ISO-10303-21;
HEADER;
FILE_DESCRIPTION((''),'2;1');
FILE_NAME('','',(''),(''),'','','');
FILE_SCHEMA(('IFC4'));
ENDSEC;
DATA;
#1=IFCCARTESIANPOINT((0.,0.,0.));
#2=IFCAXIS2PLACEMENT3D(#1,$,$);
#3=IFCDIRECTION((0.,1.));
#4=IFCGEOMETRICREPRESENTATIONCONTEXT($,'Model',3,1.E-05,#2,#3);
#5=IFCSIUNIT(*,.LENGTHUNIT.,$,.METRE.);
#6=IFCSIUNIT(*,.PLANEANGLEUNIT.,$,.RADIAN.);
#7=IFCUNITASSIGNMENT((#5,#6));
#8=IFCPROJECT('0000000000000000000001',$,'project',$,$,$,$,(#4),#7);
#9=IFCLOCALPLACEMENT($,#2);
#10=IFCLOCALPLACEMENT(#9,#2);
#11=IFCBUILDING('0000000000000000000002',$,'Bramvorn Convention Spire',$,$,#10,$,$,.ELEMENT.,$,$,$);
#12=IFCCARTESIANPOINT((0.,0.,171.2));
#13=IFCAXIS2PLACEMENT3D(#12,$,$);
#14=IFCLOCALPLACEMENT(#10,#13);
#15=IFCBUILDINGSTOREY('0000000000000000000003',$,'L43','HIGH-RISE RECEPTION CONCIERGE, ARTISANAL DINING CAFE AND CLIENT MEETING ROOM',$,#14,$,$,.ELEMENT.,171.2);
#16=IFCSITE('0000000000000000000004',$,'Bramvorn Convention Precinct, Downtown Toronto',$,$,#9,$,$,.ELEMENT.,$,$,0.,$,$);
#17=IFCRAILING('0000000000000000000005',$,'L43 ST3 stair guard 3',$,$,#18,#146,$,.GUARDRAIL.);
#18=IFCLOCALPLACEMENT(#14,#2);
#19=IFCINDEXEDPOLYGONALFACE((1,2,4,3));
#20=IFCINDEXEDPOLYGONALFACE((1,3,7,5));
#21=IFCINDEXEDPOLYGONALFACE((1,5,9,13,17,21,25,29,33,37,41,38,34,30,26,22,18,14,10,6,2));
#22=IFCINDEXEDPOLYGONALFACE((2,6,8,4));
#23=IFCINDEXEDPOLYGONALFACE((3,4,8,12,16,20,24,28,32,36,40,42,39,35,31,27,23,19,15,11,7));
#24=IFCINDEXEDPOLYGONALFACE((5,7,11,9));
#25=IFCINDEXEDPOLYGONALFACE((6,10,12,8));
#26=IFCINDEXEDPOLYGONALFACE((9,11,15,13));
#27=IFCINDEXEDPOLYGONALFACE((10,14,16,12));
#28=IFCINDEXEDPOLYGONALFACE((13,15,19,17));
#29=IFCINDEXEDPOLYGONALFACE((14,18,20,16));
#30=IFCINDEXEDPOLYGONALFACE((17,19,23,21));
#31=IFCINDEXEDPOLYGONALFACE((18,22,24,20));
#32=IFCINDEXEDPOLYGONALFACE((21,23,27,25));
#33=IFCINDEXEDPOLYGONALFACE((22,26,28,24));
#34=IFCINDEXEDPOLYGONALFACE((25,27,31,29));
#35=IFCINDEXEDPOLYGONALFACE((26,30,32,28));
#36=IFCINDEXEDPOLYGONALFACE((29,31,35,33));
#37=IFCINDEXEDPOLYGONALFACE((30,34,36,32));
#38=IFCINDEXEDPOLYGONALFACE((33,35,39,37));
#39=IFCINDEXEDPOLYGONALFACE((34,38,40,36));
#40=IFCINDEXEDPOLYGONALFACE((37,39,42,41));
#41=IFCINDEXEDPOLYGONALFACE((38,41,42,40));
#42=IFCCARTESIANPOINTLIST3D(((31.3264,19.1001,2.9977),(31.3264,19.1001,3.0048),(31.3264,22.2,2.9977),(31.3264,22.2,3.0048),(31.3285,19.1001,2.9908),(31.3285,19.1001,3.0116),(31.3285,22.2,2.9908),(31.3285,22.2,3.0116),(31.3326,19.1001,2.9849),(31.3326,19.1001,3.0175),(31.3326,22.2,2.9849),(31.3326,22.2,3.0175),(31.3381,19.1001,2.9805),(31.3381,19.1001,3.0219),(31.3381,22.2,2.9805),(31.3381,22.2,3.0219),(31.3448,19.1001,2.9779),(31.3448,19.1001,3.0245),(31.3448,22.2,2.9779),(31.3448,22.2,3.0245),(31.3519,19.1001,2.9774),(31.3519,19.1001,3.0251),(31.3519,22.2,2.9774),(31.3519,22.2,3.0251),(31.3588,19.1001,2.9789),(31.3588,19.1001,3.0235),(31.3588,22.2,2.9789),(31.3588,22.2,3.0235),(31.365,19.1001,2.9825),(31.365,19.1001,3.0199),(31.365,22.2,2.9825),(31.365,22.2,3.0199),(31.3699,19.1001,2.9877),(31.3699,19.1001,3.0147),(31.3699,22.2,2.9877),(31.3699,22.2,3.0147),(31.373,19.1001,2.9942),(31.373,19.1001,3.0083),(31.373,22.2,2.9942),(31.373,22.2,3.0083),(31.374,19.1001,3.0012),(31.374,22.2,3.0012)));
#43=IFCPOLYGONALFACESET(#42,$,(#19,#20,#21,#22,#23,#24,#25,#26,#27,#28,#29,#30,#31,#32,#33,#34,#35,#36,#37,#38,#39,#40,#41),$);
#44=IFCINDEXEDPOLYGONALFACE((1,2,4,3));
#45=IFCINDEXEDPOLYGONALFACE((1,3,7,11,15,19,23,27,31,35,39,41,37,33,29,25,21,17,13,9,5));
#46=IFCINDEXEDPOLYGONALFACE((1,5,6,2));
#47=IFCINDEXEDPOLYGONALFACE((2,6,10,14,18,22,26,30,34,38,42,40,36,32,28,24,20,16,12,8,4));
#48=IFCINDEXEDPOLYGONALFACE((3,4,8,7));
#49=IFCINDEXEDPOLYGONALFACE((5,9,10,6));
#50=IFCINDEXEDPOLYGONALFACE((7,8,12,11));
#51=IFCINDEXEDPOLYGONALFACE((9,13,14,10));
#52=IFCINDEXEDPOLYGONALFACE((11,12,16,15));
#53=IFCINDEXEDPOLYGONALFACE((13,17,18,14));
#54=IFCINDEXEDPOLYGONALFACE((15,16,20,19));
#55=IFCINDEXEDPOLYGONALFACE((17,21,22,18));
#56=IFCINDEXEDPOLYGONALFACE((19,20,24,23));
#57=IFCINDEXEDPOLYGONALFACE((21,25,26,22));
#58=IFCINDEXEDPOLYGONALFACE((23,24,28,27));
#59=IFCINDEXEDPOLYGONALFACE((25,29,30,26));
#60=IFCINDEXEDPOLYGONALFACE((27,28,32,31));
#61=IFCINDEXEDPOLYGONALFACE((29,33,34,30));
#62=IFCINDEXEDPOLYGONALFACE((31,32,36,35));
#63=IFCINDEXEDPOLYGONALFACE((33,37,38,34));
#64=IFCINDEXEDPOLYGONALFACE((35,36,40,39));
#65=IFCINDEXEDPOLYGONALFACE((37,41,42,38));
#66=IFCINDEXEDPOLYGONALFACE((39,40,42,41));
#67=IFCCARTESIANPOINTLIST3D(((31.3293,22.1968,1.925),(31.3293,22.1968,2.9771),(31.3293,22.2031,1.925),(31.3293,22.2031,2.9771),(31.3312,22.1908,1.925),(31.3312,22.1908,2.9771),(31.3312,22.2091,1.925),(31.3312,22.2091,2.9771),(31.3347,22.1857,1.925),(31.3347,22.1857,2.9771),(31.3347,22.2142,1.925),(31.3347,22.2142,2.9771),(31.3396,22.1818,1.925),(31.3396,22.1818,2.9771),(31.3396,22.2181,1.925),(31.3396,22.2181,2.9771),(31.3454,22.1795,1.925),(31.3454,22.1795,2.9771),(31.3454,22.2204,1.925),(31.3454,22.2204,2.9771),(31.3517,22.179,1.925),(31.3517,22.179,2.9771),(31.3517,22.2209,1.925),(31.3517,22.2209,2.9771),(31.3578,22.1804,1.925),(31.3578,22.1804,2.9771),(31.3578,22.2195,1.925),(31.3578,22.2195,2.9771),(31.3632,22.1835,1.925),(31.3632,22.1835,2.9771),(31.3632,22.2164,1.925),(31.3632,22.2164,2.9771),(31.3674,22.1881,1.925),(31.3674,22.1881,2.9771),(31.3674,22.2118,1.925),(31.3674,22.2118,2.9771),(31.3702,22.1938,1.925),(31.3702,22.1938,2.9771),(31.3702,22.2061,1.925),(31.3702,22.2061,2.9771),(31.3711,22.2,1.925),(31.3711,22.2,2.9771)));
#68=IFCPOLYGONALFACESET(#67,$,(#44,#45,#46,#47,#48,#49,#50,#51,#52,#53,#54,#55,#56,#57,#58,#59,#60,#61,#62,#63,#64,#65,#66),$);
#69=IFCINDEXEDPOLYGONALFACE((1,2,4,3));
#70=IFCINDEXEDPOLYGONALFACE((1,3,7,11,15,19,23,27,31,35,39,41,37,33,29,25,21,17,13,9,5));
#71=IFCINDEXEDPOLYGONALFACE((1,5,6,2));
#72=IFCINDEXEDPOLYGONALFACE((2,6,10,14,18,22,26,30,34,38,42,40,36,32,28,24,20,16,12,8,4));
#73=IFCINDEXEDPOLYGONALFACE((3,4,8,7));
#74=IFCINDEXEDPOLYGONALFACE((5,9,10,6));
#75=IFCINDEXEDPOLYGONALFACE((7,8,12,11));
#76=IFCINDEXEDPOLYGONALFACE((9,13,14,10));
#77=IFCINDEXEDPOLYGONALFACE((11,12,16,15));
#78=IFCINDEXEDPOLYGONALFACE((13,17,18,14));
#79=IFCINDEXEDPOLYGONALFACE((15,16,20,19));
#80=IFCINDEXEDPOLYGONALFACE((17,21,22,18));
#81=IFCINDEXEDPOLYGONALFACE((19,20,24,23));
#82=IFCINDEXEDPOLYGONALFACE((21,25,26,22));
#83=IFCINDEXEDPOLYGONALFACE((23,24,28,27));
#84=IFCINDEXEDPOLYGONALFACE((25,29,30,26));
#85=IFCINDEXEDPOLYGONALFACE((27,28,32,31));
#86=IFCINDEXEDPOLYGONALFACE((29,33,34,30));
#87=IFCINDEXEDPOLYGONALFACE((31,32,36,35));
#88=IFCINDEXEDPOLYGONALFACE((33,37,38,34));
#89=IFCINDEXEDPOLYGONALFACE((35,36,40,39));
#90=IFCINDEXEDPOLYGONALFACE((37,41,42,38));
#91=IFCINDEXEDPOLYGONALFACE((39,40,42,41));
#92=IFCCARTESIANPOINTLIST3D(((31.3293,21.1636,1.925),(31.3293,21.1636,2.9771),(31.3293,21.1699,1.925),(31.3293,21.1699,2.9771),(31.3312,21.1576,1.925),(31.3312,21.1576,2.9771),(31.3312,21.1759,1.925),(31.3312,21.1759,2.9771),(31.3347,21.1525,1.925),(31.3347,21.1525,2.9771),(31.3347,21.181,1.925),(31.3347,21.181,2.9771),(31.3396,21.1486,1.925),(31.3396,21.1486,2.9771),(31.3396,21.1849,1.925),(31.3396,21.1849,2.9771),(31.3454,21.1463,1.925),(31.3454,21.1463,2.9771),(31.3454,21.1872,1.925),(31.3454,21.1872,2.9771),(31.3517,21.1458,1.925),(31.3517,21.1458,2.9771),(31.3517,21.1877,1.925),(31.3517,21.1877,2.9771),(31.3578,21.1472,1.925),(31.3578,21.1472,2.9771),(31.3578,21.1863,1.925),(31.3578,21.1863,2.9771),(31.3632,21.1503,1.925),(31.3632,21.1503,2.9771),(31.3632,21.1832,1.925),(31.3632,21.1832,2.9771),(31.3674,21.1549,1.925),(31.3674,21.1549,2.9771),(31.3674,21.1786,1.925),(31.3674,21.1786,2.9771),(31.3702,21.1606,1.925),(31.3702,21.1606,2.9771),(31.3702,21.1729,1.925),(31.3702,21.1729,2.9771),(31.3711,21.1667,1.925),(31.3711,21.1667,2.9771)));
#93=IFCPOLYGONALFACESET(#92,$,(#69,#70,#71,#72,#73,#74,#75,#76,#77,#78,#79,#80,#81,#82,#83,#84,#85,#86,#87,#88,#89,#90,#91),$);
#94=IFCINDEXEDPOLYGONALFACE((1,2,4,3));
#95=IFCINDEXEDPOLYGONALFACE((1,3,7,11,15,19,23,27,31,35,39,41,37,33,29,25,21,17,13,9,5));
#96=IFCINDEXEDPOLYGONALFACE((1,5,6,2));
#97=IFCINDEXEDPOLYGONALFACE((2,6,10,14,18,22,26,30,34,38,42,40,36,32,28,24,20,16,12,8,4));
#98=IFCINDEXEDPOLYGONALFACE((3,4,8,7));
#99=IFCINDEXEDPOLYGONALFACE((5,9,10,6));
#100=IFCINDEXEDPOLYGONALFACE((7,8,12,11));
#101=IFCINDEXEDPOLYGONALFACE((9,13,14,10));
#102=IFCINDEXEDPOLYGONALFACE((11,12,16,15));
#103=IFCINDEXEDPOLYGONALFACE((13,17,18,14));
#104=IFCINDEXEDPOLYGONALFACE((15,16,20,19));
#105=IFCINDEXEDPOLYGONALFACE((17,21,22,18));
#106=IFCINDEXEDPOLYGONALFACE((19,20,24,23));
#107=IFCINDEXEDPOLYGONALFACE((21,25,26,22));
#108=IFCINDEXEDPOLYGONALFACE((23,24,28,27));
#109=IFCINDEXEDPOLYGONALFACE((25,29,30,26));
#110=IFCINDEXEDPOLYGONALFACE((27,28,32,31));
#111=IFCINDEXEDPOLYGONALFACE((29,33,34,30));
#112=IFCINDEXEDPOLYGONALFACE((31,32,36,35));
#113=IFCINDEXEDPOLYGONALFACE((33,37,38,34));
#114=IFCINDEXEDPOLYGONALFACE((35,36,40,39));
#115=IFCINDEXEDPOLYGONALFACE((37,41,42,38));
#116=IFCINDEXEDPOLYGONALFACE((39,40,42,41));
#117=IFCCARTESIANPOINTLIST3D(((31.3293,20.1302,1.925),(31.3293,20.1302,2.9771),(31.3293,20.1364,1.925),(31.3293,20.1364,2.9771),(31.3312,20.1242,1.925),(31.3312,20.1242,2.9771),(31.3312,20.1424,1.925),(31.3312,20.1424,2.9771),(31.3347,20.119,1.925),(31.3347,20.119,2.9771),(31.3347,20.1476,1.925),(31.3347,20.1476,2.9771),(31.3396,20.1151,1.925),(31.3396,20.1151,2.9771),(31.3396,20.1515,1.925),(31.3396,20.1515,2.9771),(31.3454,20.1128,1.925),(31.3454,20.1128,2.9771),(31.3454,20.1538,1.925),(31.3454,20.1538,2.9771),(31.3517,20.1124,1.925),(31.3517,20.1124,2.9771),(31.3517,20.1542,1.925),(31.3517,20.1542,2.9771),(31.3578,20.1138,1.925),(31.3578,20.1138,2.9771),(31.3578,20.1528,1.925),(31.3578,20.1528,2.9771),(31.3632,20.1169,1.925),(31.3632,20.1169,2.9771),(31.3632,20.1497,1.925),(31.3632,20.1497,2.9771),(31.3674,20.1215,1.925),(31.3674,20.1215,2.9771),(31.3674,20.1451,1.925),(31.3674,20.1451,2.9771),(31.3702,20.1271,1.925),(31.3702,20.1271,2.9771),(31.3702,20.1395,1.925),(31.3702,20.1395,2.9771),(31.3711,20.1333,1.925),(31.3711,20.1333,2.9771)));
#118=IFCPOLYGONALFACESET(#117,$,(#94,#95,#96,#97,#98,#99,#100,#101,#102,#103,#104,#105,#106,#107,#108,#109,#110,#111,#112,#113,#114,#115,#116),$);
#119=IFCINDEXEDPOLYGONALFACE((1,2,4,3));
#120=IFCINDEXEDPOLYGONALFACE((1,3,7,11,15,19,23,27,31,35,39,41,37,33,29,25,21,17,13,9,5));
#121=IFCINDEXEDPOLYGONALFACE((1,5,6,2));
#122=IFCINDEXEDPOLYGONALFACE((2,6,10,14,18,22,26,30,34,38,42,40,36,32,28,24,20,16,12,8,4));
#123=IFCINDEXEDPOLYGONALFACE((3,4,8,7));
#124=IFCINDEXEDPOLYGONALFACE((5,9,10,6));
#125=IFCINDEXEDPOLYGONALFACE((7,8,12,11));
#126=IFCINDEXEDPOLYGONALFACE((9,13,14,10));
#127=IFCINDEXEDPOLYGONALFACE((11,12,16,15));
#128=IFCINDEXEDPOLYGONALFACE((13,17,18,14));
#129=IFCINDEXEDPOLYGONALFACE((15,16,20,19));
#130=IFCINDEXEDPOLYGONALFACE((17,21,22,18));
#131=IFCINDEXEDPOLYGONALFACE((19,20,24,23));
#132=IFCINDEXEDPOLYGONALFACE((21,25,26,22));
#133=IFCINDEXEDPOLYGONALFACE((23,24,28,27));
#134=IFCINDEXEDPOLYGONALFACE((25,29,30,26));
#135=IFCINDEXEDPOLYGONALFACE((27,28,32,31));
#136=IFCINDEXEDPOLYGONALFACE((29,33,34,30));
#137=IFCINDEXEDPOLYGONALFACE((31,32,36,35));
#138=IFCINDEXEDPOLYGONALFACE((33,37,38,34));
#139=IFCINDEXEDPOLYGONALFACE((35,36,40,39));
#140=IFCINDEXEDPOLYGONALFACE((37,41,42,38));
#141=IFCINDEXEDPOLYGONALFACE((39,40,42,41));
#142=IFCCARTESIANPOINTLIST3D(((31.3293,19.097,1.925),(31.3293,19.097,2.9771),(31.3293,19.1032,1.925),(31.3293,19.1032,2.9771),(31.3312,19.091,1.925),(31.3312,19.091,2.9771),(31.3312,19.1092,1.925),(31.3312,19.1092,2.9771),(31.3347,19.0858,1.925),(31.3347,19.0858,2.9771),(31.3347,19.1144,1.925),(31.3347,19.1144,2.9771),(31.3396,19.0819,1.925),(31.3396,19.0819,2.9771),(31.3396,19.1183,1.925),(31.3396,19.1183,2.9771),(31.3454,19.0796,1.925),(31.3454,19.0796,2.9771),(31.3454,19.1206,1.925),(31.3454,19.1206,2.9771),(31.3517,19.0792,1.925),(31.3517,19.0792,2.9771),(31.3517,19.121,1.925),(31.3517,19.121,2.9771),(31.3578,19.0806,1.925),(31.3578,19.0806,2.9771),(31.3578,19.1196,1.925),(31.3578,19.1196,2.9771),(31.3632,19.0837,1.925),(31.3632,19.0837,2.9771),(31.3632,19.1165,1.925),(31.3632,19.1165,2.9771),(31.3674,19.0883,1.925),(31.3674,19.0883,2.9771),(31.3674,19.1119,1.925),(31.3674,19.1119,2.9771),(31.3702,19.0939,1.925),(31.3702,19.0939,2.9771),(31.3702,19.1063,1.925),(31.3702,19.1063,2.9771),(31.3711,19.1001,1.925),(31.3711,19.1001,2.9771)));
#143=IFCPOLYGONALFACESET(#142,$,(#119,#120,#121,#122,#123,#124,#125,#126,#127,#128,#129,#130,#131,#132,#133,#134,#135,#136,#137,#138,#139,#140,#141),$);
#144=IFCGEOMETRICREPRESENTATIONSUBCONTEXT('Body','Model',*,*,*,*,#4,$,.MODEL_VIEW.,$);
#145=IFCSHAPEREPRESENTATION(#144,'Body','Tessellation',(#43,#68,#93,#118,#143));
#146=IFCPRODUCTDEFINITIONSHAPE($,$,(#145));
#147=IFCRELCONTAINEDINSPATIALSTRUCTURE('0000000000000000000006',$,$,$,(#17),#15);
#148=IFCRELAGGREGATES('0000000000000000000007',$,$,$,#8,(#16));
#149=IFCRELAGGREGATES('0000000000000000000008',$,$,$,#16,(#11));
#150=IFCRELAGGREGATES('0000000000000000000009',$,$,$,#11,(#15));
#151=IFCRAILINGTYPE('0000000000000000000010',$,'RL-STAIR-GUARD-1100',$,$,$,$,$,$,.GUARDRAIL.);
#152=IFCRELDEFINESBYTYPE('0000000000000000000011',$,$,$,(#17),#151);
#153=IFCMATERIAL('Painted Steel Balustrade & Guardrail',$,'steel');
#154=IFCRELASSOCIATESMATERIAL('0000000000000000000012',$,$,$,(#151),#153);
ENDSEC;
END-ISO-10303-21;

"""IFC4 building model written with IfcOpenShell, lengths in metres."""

from ifc_helpers import new_model, si_unit, direction, frame, origin, origin_2d, place, context, subcontext, project, spatial, circle, extrude, material, type_object, element, save


model = new_model("IFC4")

# Units and contexts
model_context = context("Model", 3, precision=1e-05, world=origin(), true_north=direction((0.0, 1.0)))
body_context = subcontext(model_context, "Body", "Model", "MODEL_VIEW")
ifc_project = project(units=[si_unit("LENGTHUNIT", "METRE"), si_unit("PLANEANGLEUNIT", "RADIAN")], contexts=[model_context])

# Site, building, storey
site_placement = place(None, origin())
site = spatial("IfcSite", under=ifc_project, at=site_placement, Name="Bramvorn Convention Precinct, Downtown Toronto", CompositionType="ELEMENT", RefElevation=0.0)
building_placement = place(site_placement, origin())
building = spatial("IfcBuilding", under=site, at=building_placement, Name="Bramvorn Convention Spire", CompositionType="ELEMENT")
storey_placement = place(building_placement, frame((0.0, 0.0, 171.2)))
storey = spatial("IfcBuildingStorey", under=building, at=storey_placement, Name="L43", Description="HIGH-RISE RECEPTION CONCIERGE, ARTISANAL DINING CAFE AND CLIENT MEETING ROOM", CompositionType="ELEMENT", Elevation=171.2)

# Railing
ifc_material_1 = material(Name="Painted Steel Balustrade & Guardrail", Category="steel")
railing_type_1 = type_object("IfcRailingType", Name="RL-STAIR-GUARD-1100", PredefinedType="GUARDRAIL", material=ifc_material_1)
railing_1_placement = place(storey_placement, frame((31.3501, 22.2, 1.925)))
element("IfcRailing", 1, at=railing_1_placement, inside=storey, type_object=railing_type_1, Name="L43 ST3 stair guard 3", PredefinedType="GUARDRAIL", context=body_context, shape_type="SweptSolid", body=[
    extrude(circle(Radius=0.0239, at=origin_2d()), frame((0.0, 0.0, 1.0762), z_axis=(0.0, -1.0, 0.0), x_axis=(1.0, 0.0, 0.0)), (0.0, 0.0, 1.0), 3.0999),
    extrude(circle(Radius=0.021, at=origin_2d()), origin(), (0.0, 0.0, 1.0), 1.052),
    extrude(circle(Radius=0.021, at=origin_2d()), frame((0.0, -1.0332, 0.0)), (0.0, 0.0, 1.0), 1.052),
    extrude(circle(Radius=0.021, at=origin_2d()), frame((0.0, -2.0667, 0.0)), (0.0, 0.0, 1.0), 1.052),
    extrude(circle(Radius=0.021, at=origin_2d()), frame((0.0, -3.0999, 0.0)), (0.0, 0.0, 1.0), 1.052),
])

save(model, "model.ifc")
